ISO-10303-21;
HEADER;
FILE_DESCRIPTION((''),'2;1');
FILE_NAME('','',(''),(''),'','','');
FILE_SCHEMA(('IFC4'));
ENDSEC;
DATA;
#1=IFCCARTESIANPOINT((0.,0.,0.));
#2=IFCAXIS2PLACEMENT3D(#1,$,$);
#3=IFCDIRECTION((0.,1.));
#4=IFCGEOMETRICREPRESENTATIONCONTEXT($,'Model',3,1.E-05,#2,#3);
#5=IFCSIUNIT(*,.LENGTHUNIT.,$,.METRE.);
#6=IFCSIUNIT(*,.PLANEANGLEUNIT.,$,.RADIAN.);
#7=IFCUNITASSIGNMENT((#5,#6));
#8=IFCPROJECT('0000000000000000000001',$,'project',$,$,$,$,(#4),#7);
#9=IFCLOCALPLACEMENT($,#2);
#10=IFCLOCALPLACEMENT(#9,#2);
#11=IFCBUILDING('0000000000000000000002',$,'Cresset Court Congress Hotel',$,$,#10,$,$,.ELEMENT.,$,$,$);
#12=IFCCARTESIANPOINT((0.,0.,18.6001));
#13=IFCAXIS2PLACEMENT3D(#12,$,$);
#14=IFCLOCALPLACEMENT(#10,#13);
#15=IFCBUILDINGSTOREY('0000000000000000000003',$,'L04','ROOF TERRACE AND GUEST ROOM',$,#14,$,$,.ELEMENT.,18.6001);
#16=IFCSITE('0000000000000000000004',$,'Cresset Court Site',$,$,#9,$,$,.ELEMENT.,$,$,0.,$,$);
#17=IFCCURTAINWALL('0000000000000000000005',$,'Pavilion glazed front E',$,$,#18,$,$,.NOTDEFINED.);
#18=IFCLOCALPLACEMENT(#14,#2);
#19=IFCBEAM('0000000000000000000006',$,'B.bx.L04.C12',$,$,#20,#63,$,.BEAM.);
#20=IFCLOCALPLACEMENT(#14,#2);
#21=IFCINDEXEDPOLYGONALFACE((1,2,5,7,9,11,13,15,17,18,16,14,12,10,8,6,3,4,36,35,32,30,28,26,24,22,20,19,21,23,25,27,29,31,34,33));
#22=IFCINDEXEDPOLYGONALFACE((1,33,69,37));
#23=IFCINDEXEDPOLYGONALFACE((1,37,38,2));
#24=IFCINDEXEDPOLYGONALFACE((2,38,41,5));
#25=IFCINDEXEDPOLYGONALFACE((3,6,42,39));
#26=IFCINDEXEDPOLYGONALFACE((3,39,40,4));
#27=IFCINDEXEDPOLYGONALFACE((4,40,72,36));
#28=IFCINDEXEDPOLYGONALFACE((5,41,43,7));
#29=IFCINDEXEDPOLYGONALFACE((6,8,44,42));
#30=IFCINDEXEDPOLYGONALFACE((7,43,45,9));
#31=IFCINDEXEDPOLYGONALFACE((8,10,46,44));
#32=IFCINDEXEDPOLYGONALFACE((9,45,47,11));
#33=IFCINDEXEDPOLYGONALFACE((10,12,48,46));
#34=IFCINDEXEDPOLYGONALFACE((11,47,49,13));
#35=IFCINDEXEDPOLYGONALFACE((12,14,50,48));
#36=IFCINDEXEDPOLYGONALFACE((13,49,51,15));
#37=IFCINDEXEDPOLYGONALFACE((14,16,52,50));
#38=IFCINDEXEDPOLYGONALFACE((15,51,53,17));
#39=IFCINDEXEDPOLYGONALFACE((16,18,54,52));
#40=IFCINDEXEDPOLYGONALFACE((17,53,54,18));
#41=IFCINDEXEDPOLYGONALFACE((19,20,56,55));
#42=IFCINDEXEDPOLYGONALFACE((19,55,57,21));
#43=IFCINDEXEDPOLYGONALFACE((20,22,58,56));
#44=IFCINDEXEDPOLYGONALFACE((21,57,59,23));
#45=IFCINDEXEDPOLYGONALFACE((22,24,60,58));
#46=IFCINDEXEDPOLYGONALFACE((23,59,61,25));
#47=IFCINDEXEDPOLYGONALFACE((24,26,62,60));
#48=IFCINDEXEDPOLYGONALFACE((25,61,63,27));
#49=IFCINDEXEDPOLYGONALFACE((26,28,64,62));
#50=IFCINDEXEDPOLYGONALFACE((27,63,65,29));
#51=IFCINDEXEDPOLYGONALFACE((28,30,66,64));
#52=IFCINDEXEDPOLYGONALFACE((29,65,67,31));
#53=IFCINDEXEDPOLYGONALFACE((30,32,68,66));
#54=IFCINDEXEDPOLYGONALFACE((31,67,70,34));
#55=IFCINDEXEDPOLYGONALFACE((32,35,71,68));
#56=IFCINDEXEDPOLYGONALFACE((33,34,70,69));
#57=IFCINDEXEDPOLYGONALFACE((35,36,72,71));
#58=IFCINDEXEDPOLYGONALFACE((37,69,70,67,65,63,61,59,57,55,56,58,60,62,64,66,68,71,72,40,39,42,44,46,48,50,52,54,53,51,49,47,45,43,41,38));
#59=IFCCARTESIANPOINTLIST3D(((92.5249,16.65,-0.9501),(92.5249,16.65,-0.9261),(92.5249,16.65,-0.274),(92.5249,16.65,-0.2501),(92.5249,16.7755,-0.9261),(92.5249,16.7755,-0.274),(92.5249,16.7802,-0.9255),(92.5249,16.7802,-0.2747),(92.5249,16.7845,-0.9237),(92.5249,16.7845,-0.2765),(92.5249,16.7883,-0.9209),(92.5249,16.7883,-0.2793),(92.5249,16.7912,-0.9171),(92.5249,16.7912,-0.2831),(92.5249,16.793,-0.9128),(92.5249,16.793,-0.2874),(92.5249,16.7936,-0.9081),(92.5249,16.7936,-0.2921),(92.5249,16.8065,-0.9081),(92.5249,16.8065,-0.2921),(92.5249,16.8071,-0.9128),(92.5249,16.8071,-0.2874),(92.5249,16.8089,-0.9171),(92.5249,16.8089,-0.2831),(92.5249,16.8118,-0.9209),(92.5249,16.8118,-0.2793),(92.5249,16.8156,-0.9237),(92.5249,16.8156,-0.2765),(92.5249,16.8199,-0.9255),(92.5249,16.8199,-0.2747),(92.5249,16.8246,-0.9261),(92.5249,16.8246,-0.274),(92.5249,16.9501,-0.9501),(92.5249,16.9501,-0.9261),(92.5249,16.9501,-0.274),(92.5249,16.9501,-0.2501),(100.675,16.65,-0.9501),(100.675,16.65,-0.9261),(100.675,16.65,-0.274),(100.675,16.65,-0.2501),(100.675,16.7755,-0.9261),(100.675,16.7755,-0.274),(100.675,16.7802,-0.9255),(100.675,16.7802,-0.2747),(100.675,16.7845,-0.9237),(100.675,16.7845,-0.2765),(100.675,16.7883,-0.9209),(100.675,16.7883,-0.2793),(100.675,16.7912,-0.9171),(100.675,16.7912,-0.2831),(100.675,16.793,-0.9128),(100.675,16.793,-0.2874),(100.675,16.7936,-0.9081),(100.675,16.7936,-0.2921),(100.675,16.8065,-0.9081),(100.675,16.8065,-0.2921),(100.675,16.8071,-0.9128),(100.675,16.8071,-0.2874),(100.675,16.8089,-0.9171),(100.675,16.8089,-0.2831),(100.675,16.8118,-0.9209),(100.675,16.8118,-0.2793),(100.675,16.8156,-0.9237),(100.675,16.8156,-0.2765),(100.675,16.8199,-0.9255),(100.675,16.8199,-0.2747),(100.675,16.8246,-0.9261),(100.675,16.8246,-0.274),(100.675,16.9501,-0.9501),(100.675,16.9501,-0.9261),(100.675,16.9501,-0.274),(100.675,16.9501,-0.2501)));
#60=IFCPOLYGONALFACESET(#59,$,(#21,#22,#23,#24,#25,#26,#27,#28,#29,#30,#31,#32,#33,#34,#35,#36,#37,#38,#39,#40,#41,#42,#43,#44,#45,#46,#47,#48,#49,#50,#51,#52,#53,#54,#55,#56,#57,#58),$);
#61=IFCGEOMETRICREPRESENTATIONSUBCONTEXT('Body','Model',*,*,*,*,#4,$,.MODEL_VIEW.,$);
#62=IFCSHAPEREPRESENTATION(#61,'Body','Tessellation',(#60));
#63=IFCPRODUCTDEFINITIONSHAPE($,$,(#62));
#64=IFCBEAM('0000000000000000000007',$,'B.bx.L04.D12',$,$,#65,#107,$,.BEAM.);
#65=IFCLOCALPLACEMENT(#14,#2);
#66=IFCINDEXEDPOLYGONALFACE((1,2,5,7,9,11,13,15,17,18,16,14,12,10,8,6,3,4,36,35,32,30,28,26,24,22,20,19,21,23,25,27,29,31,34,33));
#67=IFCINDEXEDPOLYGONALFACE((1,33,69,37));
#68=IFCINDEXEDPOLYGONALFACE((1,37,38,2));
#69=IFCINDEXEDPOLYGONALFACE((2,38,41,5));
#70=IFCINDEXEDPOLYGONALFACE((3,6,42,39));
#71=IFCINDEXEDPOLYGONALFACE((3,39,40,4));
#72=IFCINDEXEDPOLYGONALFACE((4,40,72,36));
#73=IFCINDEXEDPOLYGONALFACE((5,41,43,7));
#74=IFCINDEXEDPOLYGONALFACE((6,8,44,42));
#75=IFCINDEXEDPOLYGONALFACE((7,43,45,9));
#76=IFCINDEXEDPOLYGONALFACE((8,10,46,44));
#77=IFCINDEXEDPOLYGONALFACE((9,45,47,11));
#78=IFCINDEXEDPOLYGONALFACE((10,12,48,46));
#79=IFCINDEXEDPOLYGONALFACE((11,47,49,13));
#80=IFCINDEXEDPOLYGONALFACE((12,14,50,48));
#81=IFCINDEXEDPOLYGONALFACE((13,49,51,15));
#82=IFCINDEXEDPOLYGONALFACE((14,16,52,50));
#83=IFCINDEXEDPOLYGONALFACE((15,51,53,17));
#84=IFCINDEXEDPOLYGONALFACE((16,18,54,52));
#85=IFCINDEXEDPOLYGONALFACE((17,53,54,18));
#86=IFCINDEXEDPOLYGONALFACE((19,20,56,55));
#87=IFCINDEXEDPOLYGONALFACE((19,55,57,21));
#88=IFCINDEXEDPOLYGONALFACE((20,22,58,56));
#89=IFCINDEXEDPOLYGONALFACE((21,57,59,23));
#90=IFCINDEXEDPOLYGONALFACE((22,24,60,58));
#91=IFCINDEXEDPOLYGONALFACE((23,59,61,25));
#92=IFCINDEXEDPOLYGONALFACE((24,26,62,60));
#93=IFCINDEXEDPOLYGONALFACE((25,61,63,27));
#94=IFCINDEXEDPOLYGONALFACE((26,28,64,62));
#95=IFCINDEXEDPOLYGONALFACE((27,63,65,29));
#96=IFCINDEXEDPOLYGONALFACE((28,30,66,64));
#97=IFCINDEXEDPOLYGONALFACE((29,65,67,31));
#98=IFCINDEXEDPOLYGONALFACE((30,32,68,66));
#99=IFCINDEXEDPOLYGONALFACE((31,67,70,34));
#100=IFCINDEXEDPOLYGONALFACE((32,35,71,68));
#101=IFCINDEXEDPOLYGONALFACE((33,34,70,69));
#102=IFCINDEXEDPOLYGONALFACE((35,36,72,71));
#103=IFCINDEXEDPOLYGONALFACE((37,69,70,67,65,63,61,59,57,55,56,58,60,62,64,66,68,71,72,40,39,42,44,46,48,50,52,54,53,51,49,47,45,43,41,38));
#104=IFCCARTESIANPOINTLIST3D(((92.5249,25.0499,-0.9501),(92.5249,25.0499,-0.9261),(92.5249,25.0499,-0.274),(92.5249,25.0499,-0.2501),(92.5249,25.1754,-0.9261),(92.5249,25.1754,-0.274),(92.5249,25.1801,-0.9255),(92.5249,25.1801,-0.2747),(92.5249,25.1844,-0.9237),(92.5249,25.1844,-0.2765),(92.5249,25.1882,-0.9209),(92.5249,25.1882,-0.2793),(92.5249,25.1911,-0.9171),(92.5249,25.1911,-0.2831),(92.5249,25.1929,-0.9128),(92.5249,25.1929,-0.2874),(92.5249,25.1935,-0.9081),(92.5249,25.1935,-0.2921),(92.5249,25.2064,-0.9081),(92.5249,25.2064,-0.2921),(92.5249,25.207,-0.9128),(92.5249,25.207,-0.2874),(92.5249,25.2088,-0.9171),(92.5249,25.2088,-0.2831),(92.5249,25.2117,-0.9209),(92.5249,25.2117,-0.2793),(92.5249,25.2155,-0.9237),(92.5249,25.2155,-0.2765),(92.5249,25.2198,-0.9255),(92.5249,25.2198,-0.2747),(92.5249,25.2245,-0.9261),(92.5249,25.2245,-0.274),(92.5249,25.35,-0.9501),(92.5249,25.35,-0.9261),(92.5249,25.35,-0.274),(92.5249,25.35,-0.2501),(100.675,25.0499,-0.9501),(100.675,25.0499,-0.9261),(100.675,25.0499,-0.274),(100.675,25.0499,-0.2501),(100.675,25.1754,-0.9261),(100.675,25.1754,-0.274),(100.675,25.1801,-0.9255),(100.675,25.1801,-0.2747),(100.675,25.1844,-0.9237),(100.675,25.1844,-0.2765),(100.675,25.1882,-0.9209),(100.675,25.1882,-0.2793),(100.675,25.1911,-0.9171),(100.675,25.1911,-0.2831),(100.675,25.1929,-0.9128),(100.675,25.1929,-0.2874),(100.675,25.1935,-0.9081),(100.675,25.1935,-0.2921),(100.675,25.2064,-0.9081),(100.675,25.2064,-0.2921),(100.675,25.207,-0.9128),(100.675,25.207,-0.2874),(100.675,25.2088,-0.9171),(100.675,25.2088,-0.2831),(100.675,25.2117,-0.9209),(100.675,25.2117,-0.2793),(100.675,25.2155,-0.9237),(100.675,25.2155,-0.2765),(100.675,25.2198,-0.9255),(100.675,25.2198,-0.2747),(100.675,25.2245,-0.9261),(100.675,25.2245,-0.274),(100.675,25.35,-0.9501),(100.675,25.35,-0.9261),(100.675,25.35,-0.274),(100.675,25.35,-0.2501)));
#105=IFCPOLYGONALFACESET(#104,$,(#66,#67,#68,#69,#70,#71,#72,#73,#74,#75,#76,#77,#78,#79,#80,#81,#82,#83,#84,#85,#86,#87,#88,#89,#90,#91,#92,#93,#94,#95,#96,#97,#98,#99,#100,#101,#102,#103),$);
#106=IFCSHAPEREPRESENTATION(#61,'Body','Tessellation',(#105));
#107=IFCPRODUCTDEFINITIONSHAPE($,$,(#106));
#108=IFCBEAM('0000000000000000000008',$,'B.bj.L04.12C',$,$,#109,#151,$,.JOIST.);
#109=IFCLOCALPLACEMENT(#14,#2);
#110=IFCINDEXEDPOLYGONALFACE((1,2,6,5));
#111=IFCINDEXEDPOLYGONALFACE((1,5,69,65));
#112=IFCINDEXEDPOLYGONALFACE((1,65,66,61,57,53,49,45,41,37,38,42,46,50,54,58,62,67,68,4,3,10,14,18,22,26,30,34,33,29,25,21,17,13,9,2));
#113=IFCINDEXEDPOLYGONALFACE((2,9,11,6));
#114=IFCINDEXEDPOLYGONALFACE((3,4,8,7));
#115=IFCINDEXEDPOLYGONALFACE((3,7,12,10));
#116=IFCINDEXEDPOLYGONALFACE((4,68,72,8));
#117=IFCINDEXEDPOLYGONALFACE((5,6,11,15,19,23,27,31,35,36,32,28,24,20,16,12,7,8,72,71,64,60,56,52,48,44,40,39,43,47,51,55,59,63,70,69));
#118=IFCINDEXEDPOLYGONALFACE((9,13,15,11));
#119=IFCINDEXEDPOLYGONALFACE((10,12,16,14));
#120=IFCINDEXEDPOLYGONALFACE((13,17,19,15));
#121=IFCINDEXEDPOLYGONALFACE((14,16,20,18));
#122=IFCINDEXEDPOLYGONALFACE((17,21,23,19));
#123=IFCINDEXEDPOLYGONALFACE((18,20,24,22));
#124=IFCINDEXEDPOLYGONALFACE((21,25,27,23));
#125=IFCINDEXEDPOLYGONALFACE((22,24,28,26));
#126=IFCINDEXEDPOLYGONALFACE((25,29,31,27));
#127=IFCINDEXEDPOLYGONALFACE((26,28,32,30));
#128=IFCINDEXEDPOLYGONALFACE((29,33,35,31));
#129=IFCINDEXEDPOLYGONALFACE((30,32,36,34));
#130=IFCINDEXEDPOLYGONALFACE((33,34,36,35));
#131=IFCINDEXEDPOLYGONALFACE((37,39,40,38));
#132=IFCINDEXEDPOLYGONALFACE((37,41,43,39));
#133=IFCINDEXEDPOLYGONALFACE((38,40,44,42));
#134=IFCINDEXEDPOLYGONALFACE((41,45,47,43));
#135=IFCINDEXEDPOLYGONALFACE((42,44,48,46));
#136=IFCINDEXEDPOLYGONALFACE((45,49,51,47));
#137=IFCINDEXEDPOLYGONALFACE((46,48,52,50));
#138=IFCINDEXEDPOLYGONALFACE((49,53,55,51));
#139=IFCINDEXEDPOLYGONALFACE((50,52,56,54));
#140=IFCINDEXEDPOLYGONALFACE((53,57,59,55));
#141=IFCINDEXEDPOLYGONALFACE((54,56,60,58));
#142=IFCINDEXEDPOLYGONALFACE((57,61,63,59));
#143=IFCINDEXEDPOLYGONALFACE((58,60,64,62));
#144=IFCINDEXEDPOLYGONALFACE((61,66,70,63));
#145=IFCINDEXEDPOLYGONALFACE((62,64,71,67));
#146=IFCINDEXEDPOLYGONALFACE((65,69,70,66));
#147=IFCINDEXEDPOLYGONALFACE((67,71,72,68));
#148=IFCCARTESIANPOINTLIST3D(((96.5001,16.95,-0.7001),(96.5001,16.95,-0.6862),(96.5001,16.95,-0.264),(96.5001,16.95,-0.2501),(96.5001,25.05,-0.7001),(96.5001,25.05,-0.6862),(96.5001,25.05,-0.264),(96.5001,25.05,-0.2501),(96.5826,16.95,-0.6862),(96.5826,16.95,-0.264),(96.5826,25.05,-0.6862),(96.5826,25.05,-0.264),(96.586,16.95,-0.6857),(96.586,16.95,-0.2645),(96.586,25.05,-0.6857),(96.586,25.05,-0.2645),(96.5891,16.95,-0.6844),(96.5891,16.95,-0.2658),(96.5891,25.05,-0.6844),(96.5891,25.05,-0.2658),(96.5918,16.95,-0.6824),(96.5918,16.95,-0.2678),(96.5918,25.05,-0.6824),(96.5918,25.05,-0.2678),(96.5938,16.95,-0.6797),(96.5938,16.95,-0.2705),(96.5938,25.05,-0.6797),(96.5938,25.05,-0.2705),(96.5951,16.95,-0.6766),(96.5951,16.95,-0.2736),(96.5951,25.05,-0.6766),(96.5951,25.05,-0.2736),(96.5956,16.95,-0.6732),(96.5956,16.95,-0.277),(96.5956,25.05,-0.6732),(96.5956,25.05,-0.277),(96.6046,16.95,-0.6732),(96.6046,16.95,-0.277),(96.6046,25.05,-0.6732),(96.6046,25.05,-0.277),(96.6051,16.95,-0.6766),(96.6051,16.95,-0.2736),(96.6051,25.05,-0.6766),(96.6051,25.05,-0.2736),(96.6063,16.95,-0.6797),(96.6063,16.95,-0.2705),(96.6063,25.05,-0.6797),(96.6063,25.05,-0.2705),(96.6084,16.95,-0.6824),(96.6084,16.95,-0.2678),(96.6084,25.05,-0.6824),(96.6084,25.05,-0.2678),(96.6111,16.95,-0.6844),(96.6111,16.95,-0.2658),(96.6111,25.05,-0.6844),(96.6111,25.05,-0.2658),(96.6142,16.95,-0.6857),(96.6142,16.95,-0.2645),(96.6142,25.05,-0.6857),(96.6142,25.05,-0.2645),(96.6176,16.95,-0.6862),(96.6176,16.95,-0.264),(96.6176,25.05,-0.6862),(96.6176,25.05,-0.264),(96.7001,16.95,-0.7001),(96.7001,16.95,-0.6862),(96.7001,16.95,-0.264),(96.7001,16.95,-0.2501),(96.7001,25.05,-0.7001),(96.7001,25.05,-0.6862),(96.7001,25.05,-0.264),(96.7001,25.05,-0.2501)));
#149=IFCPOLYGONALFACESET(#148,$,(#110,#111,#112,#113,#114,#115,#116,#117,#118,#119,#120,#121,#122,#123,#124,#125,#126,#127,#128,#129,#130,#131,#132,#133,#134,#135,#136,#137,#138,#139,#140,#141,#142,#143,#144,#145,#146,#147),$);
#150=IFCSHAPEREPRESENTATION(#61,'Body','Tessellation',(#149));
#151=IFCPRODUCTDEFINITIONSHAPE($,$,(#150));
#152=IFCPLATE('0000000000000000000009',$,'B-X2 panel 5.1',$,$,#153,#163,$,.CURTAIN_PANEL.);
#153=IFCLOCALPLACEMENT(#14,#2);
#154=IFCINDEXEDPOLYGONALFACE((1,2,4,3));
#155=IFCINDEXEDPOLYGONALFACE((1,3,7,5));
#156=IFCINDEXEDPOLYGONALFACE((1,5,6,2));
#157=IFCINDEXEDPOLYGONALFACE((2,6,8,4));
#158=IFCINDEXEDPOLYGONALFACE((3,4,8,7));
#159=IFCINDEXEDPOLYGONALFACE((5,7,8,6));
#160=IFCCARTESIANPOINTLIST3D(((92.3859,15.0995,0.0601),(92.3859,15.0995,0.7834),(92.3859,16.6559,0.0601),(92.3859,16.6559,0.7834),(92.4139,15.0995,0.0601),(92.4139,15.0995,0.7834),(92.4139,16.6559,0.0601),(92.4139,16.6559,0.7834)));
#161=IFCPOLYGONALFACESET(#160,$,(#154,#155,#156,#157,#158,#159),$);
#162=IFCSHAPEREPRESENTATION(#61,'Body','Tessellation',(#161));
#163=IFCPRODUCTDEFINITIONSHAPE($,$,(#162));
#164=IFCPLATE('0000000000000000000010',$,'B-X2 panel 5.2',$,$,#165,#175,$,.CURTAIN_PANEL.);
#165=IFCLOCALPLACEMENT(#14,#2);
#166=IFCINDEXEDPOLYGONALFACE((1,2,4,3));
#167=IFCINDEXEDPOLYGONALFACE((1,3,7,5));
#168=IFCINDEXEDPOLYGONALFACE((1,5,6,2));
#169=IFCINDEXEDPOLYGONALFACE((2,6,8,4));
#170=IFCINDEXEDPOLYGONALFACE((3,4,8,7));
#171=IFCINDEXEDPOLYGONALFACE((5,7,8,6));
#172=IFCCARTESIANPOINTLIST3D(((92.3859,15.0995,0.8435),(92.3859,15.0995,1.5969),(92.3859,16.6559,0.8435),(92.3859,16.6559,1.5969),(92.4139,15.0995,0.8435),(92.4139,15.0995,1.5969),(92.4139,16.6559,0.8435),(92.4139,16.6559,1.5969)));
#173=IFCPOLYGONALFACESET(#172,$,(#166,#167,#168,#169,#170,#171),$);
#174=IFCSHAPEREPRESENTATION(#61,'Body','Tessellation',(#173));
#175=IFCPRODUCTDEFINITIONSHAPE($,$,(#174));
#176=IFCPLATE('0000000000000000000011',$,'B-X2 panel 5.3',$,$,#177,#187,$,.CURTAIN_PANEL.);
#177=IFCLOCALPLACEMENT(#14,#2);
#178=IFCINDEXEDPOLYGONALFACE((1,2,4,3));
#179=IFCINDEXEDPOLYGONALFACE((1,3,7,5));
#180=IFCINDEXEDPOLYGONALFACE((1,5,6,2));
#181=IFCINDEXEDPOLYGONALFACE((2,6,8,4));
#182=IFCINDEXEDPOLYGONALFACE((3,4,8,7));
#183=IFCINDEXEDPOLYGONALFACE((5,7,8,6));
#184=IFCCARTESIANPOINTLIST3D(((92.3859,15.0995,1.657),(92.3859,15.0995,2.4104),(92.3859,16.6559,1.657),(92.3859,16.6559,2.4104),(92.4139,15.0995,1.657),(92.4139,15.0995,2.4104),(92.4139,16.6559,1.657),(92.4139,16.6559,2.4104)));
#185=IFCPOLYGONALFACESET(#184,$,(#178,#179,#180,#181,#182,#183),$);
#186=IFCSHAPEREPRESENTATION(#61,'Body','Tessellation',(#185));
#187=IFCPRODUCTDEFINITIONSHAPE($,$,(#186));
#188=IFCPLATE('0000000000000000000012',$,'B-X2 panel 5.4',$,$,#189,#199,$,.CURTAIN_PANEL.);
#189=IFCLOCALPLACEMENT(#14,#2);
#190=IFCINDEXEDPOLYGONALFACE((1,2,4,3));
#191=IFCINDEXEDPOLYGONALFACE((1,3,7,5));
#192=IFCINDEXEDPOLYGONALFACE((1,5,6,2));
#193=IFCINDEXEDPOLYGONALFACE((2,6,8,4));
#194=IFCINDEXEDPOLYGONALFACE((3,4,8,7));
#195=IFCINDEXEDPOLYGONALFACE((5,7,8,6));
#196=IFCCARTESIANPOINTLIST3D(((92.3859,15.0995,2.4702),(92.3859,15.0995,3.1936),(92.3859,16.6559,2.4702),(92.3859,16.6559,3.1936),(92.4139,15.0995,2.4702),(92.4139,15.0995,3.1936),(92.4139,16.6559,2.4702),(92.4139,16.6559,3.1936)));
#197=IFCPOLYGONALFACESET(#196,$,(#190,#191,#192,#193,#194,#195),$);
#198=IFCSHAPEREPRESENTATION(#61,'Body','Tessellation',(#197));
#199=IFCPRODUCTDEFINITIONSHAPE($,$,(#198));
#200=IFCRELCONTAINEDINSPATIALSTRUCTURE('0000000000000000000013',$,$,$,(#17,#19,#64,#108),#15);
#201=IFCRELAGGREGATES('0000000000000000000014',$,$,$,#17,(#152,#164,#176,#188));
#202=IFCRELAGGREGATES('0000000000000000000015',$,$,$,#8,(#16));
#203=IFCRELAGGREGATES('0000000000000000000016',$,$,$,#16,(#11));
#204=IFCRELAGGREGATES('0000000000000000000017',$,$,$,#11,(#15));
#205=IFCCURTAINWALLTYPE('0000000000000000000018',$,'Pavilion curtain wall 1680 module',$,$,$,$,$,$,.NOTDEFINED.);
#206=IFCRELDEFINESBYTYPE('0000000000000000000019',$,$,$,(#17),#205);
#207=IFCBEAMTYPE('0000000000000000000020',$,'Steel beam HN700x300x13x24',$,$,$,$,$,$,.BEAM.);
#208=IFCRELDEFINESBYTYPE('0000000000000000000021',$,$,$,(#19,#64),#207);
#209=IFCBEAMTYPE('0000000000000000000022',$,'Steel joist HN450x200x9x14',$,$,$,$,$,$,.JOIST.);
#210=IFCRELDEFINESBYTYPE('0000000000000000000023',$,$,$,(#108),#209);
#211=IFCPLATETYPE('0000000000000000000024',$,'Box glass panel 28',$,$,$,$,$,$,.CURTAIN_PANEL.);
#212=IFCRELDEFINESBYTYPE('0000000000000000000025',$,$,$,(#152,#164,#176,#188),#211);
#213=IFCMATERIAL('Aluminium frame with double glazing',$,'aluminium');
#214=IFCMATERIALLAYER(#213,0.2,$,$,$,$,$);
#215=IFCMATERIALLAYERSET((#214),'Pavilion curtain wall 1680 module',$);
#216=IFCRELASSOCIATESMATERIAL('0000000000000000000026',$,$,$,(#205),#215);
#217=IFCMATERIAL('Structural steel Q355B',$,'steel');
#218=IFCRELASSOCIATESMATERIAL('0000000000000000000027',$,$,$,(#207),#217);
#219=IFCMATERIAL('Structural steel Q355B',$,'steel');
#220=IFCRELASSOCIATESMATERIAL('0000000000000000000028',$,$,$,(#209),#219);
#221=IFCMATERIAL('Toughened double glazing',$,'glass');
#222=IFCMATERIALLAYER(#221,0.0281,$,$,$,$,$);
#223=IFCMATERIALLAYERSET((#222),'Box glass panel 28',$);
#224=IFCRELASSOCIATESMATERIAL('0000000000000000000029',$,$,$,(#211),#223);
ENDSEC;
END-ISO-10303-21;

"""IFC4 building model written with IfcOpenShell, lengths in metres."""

from ifc_helpers import new_model, si_unit, direction, frame, origin, origin_2d, place, context, subcontext, project, spatial, rectangle, i_section, extrude, material, layer, layer_set, material_profile, profile_set, type_object, element, aggregate, save


model = new_model("IFC4")

# Units and contexts
model_context = context("Model", 3, precision=1e-05, world=origin(), true_north=direction((0.0, 1.0)))
body_context = subcontext(model_context, "Body", "Model", "MODEL_VIEW")
ifc_project = project(units=[si_unit("LENGTHUNIT", "METRE"), si_unit("PLANEANGLEUNIT", "RADIAN")], contexts=[model_context])

# Site, building, storey
site_placement = place(None, origin())
site = spatial("IfcSite", under=ifc_project, at=site_placement, Name="Cresset Court Site", CompositionType="ELEMENT", RefElevation=0.0)
building_placement = place(site_placement, origin())
building = spatial("IfcBuilding", under=site, at=building_placement, Name="Cresset Court Congress Hotel", CompositionType="ELEMENT")
storey_placement = place(building_placement, frame((0.0, 0.0, 18.6001)))
storey = spatial("IfcBuildingStorey", under=building, at=storey_placement, Name="L04", Description="ROOF TERRACE AND GUEST ROOM", CompositionType="ELEMENT", Elevation=18.6001)

# Curtain wall
ifc_material_1 = material(Name="Aluminium frame with double glazing", Category="aluminium")
ifc_layer_1 = layer(ifc_material_1, 0.2)
ifc_layer_set_1 = layer_set([ifc_layer_1], Name="Pavilion curtain wall 1680 module")
curtain_wall_type = type_object("IfcCurtainWallType", Name="Pavilion curtain wall 1680 module", PredefinedType="NOTDEFINED", material=ifc_layer_set_1)
curtain_wall_placement = place(storey_placement, origin())
curtain_wall = element("IfcCurtainWall", 1, at=curtain_wall_placement, inside=storey, type_object=curtain_wall_type, Name="Pavilion glazed front E", PredefinedType="NOTDEFINED")

# Beams
ifc_material_2 = material(Name="Structural steel Q355B", Category="steel")
ifc_material_profile_1 = material_profile(ifc_material_2, i_section(OverallWidth=0.3, OverallDepth=0.7, WebThickness=0.0129, FlangeThickness=0.0239, FilletRadius=0.0181, at=origin_2d()), Name="HN700x300x13x24")
ifc_profile_set_1 = profile_set([ifc_material_profile_1], Name="Structural steel Q355B")
beam_type_1 = type_object("IfcBeamType", Name="Steel beam HN700x300x13x24", PredefinedType="BEAM", material=ifc_profile_set_1)
for number, where, z_axis, x_axis, name in (
    (2, (92.5249, 16.8, -0.6001), (1.0, 0.0, 0.0), (0.0, 1.0, 0.0), "B.bx.L04.C12"),
    (3, (92.5249, 25.2, -0.6001), (1.0, 0.0, 0.0), (0.0, 1.0, 0.0), "B.bx.L04.D12"),
):
    element("IfcBeam", number, at=place(storey_placement, frame(where, z_axis=z_axis, x_axis=x_axis)), inside=storey, type_object=beam_type_1, Name=name, PredefinedType="BEAM", context=body_context, shape_type="SweptSolid", body=[
        extrude(i_section(OverallWidth=0.3, OverallDepth=0.7, WebThickness=0.0129, FlangeThickness=0.0239, FilletRadius=0.0181, at=origin_2d()), origin(), (0.0, 0.0, 1.0), 8.1501),
    ])
ifc_material_3 = material(Name="Structural steel Q355B", Category="steel")
ifc_material_profile_2 = material_profile(ifc_material_3, i_section(OverallWidth=0.2, OverallDepth=0.45, WebThickness=0.009, FlangeThickness=0.0139, FilletRadius=0.0129, at=origin_2d()), Name="HN450x200x9x14")
ifc_profile_set_2 = profile_set([ifc_material_profile_2], Name="Structural steel Q355B")
beam_type_2 = type_object("IfcBeamType", Name="Steel joist HN450x200x9x14", PredefinedType="JOIST", material=ifc_profile_set_2)
beam_1_placement = place(storey_placement, frame((96.6001, 16.95, -0.4751), z_axis=(0.0, 1.0, 0.0), x_axis=(-1.0, 0.0, 0.0)))
element("IfcBeam", 4, at=beam_1_placement, inside=storey, type_object=beam_type_2, Name="B.bj.L04.12C", PredefinedType="JOIST", context=body_context, shape_type="SweptSolid", body=[
    extrude(i_section(OverallWidth=0.2, OverallDepth=0.45, WebThickness=0.009, FlangeThickness=0.0139, FilletRadius=0.0129, at=origin_2d()), origin(), (0.0, 0.0, 1.0), 8.1001),
])

# Plates
ifc_material_4 = material(Name="Toughened double glazing", Category="glass")
ifc_layer_2 = layer(ifc_material_4, 0.0281)
ifc_layer_set_2 = layer_set([ifc_layer_2], Name="Box glass panel 28")
plate_type = type_object("IfcPlateType", Name="Box glass panel 28", PredefinedType="CURTAIN_PANEL", material=ifc_layer_set_2)
plate_1_placement = place(storey_placement, frame((92.3999, 15.8777, 0.0601), z_axis=(0.0, 0.0, 1.0), x_axis=(0.0, 1.0, 0.0)))
plate_1 = element("IfcPlate", 5, at=plate_1_placement, type_object=plate_type, Name="B-X2 panel 5.1", PredefinedType="CURTAIN_PANEL", context=body_context, shape_type="SweptSolid", body=[
    extrude(rectangle(XDim=1.5564, YDim=0.0281, at=origin_2d()), origin(), (0.0, 0.0, 1.0), 0.7234),
])
plate_2_placement = place(storey_placement, frame((92.3999, 15.8777, 0.8435), z_axis=(0.0, 0.0, 1.0), x_axis=(0.0, 1.0, 0.0)))
plate_2 = element("IfcPlate", 6, at=plate_2_placement, type_object=plate_type, Name="B-X2 panel 5.2", PredefinedType="CURTAIN_PANEL", context=body_context, shape_type="SweptSolid", body=[
    extrude(rectangle(XDim=1.5564, YDim=0.0281, at=origin_2d()), origin(), (0.0, 0.0, 1.0), 0.7534),
])
plate_3_placement = place(storey_placement, frame((92.3999, 15.8777, 1.657), z_axis=(0.0, 0.0, 1.0), x_axis=(0.0, 1.0, 0.0)))
plate_3 = element("IfcPlate", 7, at=plate_3_placement, type_object=plate_type, Name="B-X2 panel 5.3", PredefinedType="CURTAIN_PANEL", context=body_context, shape_type="SweptSolid", body=[
    extrude(rectangle(XDim=1.5564, YDim=0.0281, at=origin_2d()), origin(), (0.0, 0.0, 1.0), 0.7534),
])
plate_4_placement = place(storey_placement, frame((92.3999, 15.8777, 2.4702), z_axis=(0.0, 0.0, 1.0), x_axis=(0.0, 1.0, 0.0)))
plate_4 = element("IfcPlate", 8, at=plate_4_placement, type_object=plate_type, Name="B-X2 panel 5.4", PredefinedType="CURTAIN_PANEL", context=body_context, shape_type="SweptSolid", body=[
    extrude(rectangle(XDim=1.5564, YDim=0.0281, at=origin_2d()), origin(), (0.0, 0.0, 1.0), 0.7234),
])
aggregate(curtain_wall, [plate_1, plate_2, plate_3, plate_4])

save(model, "model.ifc")
